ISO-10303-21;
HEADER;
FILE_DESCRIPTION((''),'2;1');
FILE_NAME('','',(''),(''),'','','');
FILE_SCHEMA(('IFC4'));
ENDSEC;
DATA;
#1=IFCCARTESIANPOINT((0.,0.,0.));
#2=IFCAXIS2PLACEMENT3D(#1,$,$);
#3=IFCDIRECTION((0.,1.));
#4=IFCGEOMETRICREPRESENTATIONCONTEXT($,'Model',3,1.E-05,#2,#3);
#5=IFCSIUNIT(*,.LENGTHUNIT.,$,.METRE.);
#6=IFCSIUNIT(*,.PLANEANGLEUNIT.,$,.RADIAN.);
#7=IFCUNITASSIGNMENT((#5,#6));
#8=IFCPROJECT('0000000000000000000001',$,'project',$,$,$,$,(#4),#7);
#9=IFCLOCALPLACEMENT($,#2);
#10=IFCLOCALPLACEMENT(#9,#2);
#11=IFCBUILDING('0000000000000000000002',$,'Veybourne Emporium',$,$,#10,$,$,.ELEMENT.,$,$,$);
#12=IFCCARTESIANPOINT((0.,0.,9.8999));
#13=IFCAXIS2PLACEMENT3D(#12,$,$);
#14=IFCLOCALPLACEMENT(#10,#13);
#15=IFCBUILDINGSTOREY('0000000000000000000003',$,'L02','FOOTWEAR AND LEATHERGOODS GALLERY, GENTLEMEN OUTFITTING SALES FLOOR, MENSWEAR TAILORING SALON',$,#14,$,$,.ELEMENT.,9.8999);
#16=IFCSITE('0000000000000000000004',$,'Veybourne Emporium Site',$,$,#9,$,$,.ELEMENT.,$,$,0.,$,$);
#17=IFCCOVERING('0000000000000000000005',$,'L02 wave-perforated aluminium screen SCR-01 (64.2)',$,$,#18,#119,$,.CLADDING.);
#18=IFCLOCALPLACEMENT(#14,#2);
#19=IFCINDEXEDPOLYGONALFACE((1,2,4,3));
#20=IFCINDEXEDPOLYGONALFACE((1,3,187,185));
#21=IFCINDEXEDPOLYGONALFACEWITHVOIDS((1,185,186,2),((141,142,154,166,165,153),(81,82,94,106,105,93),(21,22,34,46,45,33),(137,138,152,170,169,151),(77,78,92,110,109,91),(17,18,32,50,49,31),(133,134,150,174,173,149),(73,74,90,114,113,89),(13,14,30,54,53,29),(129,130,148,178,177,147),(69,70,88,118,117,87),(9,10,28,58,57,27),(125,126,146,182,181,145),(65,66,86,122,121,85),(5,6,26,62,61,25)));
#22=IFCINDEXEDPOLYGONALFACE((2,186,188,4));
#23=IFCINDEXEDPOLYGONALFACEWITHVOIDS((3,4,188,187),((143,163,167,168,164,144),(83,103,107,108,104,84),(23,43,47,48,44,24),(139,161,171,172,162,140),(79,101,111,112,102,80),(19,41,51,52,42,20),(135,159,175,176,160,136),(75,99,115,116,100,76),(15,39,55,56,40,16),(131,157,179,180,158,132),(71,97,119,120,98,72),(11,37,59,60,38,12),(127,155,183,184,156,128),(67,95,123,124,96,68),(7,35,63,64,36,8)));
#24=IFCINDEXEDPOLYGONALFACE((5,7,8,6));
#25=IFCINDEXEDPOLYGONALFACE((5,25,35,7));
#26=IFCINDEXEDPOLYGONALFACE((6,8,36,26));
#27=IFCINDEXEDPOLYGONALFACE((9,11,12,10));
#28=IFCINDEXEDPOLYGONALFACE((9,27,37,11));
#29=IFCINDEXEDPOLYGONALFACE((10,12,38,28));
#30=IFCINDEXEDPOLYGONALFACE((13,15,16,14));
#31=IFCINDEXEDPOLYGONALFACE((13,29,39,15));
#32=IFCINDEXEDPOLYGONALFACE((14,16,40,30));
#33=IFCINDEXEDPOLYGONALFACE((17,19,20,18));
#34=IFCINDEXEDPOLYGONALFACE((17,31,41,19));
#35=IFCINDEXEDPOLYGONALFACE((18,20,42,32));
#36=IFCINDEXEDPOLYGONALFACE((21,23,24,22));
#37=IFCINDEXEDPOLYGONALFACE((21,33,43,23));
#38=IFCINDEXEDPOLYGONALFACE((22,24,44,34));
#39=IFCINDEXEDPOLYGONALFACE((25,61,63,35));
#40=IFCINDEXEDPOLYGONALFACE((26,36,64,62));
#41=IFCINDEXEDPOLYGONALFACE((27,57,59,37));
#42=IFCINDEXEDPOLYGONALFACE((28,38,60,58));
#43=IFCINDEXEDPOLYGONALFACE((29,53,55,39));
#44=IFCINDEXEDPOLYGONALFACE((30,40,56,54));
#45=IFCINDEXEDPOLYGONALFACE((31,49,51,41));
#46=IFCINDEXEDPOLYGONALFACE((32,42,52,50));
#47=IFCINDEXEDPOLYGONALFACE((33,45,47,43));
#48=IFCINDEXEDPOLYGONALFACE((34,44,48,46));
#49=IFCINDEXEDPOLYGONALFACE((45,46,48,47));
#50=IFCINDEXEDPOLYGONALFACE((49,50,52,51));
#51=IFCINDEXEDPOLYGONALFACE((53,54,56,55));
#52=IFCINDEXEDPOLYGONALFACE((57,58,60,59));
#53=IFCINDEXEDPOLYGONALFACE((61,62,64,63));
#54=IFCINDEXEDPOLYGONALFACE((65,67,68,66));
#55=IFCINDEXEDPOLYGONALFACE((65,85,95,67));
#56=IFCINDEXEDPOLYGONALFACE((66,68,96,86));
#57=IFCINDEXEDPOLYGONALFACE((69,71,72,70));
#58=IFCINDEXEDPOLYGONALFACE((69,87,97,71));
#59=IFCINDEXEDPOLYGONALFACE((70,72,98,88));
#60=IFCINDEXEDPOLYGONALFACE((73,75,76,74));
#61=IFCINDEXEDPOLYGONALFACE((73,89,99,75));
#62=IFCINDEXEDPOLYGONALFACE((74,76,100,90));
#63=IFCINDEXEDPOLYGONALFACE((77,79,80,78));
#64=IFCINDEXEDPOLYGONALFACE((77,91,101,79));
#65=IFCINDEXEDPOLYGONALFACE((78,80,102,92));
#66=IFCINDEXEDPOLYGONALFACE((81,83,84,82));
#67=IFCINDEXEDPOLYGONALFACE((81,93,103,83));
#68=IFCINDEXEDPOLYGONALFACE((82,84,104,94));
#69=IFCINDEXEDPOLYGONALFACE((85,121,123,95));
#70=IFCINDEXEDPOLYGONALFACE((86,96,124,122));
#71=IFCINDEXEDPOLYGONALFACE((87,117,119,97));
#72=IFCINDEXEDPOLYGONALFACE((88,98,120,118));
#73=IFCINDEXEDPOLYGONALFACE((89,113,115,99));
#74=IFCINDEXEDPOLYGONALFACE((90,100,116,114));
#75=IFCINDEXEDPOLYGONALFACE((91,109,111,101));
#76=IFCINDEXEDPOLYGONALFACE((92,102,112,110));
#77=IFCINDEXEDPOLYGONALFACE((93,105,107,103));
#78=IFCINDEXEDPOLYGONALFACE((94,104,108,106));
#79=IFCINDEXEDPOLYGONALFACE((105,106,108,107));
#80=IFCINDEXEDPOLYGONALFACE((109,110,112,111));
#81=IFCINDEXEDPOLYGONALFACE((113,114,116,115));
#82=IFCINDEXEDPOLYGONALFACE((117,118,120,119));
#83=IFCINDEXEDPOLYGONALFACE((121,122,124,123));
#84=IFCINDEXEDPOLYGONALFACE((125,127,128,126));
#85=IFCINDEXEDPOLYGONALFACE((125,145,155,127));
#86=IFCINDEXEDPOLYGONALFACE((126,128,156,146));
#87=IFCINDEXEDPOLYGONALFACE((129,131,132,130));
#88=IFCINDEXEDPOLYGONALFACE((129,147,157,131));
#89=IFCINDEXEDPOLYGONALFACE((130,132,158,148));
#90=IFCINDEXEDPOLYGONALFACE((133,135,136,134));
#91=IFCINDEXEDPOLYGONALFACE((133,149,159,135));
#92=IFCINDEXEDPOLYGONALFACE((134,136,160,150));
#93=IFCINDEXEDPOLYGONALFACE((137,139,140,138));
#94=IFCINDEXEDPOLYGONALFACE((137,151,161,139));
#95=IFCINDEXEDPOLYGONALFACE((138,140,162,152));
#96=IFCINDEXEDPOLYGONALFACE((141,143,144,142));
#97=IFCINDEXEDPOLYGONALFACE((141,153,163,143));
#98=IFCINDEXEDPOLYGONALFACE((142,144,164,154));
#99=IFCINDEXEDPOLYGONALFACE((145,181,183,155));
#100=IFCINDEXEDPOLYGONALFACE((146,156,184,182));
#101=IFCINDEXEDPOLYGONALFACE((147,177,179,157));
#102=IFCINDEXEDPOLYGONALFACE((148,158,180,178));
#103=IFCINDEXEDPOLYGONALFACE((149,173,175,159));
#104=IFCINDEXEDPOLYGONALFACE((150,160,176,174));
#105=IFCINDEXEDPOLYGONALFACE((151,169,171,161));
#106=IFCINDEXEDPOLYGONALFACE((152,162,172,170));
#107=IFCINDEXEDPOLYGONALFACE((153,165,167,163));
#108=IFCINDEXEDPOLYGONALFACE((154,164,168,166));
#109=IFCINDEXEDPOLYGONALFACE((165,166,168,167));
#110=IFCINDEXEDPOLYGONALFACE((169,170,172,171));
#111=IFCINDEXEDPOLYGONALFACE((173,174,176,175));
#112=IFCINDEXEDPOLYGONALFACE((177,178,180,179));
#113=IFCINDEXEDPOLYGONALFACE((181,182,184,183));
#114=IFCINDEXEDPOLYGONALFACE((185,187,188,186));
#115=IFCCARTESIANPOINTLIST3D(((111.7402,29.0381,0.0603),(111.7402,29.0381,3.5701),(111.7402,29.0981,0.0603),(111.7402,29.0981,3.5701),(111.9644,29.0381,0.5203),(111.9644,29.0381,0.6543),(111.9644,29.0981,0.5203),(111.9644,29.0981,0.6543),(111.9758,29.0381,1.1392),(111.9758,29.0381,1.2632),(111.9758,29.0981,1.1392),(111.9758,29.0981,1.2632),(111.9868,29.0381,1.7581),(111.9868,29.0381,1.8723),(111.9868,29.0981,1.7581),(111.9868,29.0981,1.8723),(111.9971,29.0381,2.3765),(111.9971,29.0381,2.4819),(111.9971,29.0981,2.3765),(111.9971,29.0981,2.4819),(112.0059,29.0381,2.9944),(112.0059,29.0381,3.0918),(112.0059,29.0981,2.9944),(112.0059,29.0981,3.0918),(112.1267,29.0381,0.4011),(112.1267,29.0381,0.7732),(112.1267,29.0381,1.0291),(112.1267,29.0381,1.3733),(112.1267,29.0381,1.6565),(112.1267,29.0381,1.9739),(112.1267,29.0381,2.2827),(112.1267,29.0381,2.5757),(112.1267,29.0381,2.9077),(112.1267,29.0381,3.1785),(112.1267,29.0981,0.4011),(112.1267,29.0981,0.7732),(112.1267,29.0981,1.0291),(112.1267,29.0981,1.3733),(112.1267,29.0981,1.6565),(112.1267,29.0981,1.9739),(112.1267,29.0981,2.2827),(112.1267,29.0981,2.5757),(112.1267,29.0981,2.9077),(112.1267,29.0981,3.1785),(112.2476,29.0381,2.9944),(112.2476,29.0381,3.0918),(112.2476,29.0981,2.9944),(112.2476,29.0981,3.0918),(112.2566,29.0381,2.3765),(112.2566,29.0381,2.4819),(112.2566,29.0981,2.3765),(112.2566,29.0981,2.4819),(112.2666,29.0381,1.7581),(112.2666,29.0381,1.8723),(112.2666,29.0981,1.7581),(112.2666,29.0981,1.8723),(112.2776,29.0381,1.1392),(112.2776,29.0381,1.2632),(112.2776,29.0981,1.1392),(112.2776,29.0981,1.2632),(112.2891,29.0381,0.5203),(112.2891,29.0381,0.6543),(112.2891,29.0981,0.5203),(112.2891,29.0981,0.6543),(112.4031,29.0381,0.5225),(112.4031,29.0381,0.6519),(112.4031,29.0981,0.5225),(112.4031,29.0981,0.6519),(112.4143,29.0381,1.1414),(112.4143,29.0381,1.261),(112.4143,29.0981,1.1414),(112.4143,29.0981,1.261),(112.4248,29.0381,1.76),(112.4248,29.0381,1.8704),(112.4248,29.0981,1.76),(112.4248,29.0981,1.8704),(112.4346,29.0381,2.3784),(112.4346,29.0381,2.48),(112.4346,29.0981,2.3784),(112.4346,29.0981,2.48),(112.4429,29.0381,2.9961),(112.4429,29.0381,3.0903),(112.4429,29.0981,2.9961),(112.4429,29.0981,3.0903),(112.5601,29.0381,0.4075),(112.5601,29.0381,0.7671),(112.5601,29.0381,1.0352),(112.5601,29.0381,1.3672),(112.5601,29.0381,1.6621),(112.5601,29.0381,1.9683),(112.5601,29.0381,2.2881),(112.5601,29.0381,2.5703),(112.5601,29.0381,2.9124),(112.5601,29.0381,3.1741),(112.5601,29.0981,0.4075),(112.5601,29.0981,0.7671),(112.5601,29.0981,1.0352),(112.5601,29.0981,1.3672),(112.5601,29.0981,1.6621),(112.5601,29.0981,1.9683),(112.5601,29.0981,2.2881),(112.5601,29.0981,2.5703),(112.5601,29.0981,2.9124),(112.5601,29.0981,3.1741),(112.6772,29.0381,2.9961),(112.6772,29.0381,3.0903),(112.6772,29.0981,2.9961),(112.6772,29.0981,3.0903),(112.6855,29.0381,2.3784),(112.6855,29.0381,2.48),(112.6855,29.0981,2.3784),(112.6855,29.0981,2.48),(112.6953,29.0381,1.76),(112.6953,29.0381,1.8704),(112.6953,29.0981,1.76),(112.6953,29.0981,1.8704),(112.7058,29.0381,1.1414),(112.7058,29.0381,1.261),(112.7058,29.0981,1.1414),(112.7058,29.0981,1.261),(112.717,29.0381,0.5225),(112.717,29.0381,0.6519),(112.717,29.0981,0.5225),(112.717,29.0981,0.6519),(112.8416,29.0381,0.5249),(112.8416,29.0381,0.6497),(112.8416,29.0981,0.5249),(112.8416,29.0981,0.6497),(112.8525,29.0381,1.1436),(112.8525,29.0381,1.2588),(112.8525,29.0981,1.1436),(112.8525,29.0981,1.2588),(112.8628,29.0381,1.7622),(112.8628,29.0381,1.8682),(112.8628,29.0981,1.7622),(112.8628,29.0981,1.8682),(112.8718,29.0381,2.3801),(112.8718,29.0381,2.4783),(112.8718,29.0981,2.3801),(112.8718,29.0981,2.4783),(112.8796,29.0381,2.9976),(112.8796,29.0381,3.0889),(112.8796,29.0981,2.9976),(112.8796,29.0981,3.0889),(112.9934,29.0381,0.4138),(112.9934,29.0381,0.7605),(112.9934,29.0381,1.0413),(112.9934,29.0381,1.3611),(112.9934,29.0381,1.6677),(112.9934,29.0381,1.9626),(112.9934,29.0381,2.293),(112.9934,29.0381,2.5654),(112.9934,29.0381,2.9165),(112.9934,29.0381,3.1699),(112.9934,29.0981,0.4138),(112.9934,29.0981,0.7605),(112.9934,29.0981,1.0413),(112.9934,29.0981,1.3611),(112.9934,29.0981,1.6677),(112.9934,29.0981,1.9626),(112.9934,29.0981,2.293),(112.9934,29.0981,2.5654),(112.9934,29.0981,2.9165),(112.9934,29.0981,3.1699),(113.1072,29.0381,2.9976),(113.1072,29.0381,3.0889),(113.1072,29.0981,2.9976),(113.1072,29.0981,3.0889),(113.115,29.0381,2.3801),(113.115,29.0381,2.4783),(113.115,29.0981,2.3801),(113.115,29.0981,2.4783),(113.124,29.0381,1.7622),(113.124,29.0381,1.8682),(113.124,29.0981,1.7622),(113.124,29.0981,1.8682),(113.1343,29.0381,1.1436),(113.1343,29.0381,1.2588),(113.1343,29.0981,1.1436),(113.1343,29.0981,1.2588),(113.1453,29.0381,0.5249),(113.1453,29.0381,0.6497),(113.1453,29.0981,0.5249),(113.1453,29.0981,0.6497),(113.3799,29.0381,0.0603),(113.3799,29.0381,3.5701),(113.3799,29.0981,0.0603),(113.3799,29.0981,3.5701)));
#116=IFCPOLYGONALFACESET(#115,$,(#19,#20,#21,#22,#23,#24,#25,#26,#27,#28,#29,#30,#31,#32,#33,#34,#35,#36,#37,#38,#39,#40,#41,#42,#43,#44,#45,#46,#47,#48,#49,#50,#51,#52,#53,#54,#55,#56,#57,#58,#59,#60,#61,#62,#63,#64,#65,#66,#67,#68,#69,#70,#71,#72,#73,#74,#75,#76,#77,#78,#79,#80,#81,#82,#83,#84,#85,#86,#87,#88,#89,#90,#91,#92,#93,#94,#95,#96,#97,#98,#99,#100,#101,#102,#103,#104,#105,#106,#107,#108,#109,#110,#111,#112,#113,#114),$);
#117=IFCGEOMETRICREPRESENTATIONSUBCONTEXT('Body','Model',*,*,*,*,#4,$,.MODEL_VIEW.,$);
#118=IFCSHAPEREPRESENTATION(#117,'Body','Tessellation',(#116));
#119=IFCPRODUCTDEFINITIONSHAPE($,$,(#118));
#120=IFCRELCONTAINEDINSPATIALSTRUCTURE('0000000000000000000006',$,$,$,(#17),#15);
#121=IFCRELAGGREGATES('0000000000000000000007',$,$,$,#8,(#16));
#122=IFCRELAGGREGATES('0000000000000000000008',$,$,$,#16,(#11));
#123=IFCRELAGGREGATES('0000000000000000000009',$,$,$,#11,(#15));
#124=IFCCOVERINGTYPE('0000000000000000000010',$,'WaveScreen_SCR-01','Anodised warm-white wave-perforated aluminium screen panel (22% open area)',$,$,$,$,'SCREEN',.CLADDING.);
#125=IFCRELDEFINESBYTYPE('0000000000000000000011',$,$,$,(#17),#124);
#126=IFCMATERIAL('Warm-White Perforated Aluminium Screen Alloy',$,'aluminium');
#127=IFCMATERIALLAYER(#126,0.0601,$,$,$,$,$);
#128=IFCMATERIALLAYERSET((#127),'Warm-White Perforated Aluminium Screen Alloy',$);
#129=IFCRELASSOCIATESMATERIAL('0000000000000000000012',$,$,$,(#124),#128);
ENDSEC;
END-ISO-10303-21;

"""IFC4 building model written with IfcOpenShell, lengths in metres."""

from ifc_helpers import new_model, si_unit, direction, frame, origin, place, context, subcontext, project, spatial, polyline, outline, extrude, material, layer, layer_set, type_object, element, save


model = new_model("IFC4")

# Units and contexts
model_context = context("Model", 3, precision=1e-05, world=origin(), true_north=direction((0.0, 1.0)))
body_context = subcontext(model_context, "Body", "Model", "MODEL_VIEW")
ifc_project = project(units=[si_unit("LENGTHUNIT", "METRE"), si_unit("PLANEANGLEUNIT", "RADIAN")], contexts=[model_context])

# Site, building, storey
site_placement = place(None, origin())
site = spatial("IfcSite", under=ifc_project, at=site_placement, Name="Veybourne Emporium Site", CompositionType="ELEMENT", RefElevation=0.0)
building_placement = place(site_placement, origin())
building = spatial("IfcBuilding", under=site, at=building_placement, Name="Veybourne Emporium", CompositionType="ELEMENT")
storey_placement = place(building_placement, frame((0.0, 0.0, 9.8999)))
storey = spatial("IfcBuildingStorey", under=building, at=storey_placement, Name="L02", Description="FOOTWEAR AND LEATHERGOODS GALLERY, GENTLEMEN OUTFITTING SALES FLOOR, MENSWEAR TAILORING SALON", CompositionType="ELEMENT", Elevation=9.8999)

# Covering
ifc_material_1 = material(Name="Warm-White Perforated Aluminium Screen Alloy", Category="aluminium")
ifc_layer_1 = layer(ifc_material_1, 0.0601)
ifc_layer_set_1 = layer_set([ifc_layer_1], Name="Warm-White Perforated Aluminium Screen Alloy")
covering_type_1 = type_object("IfcCoveringType", Name="WaveScreen_SCR-01", Description="Anodised warm-white wave-perforated aluminium screen panel (22% open area)", ElementType="SCREEN", PredefinedType="CLADDING", material=ifc_layer_set_1)
covering_1_placement = place(storey_placement, frame((112.5601, 29.0981, 1.8152), z_axis=(0.0, -1.0, 0.0), x_axis=(1.0, 0.0, 0.0)))
element("IfcCovering", 1, at=covering_1_placement, inside=storey, type_object=covering_type_1, Name="L02 wave-perforated aluminium screen SCR-01 (64.2)", PredefinedType="CLADDING", context=body_context, shape_type="SweptSolid", body=[
    extrude(outline(polyline([(-0.8198, -1.7549), (0.8198, -1.7549), (0.8198, 1.7549), (-0.8198, 1.7549), (-0.8198, -1.7549)]), holes=[polyline([(-0.4333, -1.042), (-0.271, -1.1609), (-0.271, -1.2949), (-0.4333, -1.4141), (-0.5957, -1.2949), (-0.5957, -1.1609), (-0.4333, -1.042)]), polyline([(-0.4333, -0.4419), (-0.2825, -0.552), (-0.2825, -0.676), (-0.4333, -0.7861), (-0.5842, -0.676), (-0.5842, -0.552), (-0.4333, -0.4419)]), polyline([(-0.4333, 0.1587), (-0.2935, 0.0571), (-0.2935, -0.0571), (-0.4333, -0.1587), (-0.5732, -0.0571), (-0.5732, 0.0571), (-0.4333, 0.1587)]), polyline([(-0.4333, 0.7605), (-0.3035, 0.6667), (-0.3035, 0.5613), (-0.4333, 0.4675), (-0.563, 0.5613), (-0.563, 0.6667), (-0.4333, 0.7605)]), polyline([(-0.4333, 1.3633), (-0.3125, 1.2766), (-0.3125, 1.1792), (-0.4333, 1.0925), (-0.5542, 1.1792), (-0.5542, 1.2766), (-0.4333, 1.3633)]), polyline([(0.0, -1.0481), (0.157, -1.1633), (0.157, -1.2927), (0.0, -1.4077), (-0.157, -1.2927), (-0.157, -1.1633), (0.0, -1.0481)]), polyline([(0.0, -0.448), (0.1458, -0.5542), (0.1458, -0.6738), (0.0, -0.78), (-0.1458, -0.6738), (-0.1458, -0.5542), (0.0, -0.448)]), polyline([(0.0, 0.1531), (0.1353, 0.0552), (0.1353, -0.0552), (0.0, -0.1531), (-0.1353, -0.0552), (-0.1353, 0.0552), (0.0, 0.1531)]), polyline([(0.0, 0.7551), (0.1255, 0.6648), (0.1255, 0.5632), (0.0, 0.4729), (-0.1255, 0.5632), (-0.1255, 0.6648), (0.0, 0.7551)]), polyline([(0.0, 1.3589), (0.1172, 1.2751), (0.1172, 1.1809), (0.0, 1.0972), (-0.1172, 1.1809), (-0.1172, 1.2751), (0.0, 1.3589)]), polyline([(0.4333, -1.0547), (0.5852, -1.1655), (0.5852, -1.2903), (0.4333, -1.4014), (0.2815, -1.2903), (0.2815, -1.1655), (0.4333, -1.0547)]), polyline([(0.4333, -0.4541), (0.5742, -0.5564), (0.5742, -0.6716), (0.4333, -0.7739), (0.2925, -0.6716), (0.2925, -0.5564), (0.4333, -0.4541)]), polyline([(0.4333, 0.1475), (0.564, 0.053), (0.564, -0.053), (0.4333, -0.1475), (0.3027, -0.053), (0.3027, 0.053), (0.4333, 0.1475)]), polyline([(0.4333, 0.7502), (0.5549, 0.6631), (0.5549, 0.5649), (0.4333, 0.4778), (0.3118, 0.5649), (0.3118, 0.6631), (0.4333, 0.7502)]), polyline([(0.4333, 1.3547), (0.5471, 1.2737), (0.5471, 1.1824), (0.4333, 1.1013), (0.3196, 1.1824), (0.3196, 1.2737), (0.4333, 1.3547)])]), origin(), (0.0, 0.0, 1.0), 0.0601),
])

save(model, "model.ifc")
